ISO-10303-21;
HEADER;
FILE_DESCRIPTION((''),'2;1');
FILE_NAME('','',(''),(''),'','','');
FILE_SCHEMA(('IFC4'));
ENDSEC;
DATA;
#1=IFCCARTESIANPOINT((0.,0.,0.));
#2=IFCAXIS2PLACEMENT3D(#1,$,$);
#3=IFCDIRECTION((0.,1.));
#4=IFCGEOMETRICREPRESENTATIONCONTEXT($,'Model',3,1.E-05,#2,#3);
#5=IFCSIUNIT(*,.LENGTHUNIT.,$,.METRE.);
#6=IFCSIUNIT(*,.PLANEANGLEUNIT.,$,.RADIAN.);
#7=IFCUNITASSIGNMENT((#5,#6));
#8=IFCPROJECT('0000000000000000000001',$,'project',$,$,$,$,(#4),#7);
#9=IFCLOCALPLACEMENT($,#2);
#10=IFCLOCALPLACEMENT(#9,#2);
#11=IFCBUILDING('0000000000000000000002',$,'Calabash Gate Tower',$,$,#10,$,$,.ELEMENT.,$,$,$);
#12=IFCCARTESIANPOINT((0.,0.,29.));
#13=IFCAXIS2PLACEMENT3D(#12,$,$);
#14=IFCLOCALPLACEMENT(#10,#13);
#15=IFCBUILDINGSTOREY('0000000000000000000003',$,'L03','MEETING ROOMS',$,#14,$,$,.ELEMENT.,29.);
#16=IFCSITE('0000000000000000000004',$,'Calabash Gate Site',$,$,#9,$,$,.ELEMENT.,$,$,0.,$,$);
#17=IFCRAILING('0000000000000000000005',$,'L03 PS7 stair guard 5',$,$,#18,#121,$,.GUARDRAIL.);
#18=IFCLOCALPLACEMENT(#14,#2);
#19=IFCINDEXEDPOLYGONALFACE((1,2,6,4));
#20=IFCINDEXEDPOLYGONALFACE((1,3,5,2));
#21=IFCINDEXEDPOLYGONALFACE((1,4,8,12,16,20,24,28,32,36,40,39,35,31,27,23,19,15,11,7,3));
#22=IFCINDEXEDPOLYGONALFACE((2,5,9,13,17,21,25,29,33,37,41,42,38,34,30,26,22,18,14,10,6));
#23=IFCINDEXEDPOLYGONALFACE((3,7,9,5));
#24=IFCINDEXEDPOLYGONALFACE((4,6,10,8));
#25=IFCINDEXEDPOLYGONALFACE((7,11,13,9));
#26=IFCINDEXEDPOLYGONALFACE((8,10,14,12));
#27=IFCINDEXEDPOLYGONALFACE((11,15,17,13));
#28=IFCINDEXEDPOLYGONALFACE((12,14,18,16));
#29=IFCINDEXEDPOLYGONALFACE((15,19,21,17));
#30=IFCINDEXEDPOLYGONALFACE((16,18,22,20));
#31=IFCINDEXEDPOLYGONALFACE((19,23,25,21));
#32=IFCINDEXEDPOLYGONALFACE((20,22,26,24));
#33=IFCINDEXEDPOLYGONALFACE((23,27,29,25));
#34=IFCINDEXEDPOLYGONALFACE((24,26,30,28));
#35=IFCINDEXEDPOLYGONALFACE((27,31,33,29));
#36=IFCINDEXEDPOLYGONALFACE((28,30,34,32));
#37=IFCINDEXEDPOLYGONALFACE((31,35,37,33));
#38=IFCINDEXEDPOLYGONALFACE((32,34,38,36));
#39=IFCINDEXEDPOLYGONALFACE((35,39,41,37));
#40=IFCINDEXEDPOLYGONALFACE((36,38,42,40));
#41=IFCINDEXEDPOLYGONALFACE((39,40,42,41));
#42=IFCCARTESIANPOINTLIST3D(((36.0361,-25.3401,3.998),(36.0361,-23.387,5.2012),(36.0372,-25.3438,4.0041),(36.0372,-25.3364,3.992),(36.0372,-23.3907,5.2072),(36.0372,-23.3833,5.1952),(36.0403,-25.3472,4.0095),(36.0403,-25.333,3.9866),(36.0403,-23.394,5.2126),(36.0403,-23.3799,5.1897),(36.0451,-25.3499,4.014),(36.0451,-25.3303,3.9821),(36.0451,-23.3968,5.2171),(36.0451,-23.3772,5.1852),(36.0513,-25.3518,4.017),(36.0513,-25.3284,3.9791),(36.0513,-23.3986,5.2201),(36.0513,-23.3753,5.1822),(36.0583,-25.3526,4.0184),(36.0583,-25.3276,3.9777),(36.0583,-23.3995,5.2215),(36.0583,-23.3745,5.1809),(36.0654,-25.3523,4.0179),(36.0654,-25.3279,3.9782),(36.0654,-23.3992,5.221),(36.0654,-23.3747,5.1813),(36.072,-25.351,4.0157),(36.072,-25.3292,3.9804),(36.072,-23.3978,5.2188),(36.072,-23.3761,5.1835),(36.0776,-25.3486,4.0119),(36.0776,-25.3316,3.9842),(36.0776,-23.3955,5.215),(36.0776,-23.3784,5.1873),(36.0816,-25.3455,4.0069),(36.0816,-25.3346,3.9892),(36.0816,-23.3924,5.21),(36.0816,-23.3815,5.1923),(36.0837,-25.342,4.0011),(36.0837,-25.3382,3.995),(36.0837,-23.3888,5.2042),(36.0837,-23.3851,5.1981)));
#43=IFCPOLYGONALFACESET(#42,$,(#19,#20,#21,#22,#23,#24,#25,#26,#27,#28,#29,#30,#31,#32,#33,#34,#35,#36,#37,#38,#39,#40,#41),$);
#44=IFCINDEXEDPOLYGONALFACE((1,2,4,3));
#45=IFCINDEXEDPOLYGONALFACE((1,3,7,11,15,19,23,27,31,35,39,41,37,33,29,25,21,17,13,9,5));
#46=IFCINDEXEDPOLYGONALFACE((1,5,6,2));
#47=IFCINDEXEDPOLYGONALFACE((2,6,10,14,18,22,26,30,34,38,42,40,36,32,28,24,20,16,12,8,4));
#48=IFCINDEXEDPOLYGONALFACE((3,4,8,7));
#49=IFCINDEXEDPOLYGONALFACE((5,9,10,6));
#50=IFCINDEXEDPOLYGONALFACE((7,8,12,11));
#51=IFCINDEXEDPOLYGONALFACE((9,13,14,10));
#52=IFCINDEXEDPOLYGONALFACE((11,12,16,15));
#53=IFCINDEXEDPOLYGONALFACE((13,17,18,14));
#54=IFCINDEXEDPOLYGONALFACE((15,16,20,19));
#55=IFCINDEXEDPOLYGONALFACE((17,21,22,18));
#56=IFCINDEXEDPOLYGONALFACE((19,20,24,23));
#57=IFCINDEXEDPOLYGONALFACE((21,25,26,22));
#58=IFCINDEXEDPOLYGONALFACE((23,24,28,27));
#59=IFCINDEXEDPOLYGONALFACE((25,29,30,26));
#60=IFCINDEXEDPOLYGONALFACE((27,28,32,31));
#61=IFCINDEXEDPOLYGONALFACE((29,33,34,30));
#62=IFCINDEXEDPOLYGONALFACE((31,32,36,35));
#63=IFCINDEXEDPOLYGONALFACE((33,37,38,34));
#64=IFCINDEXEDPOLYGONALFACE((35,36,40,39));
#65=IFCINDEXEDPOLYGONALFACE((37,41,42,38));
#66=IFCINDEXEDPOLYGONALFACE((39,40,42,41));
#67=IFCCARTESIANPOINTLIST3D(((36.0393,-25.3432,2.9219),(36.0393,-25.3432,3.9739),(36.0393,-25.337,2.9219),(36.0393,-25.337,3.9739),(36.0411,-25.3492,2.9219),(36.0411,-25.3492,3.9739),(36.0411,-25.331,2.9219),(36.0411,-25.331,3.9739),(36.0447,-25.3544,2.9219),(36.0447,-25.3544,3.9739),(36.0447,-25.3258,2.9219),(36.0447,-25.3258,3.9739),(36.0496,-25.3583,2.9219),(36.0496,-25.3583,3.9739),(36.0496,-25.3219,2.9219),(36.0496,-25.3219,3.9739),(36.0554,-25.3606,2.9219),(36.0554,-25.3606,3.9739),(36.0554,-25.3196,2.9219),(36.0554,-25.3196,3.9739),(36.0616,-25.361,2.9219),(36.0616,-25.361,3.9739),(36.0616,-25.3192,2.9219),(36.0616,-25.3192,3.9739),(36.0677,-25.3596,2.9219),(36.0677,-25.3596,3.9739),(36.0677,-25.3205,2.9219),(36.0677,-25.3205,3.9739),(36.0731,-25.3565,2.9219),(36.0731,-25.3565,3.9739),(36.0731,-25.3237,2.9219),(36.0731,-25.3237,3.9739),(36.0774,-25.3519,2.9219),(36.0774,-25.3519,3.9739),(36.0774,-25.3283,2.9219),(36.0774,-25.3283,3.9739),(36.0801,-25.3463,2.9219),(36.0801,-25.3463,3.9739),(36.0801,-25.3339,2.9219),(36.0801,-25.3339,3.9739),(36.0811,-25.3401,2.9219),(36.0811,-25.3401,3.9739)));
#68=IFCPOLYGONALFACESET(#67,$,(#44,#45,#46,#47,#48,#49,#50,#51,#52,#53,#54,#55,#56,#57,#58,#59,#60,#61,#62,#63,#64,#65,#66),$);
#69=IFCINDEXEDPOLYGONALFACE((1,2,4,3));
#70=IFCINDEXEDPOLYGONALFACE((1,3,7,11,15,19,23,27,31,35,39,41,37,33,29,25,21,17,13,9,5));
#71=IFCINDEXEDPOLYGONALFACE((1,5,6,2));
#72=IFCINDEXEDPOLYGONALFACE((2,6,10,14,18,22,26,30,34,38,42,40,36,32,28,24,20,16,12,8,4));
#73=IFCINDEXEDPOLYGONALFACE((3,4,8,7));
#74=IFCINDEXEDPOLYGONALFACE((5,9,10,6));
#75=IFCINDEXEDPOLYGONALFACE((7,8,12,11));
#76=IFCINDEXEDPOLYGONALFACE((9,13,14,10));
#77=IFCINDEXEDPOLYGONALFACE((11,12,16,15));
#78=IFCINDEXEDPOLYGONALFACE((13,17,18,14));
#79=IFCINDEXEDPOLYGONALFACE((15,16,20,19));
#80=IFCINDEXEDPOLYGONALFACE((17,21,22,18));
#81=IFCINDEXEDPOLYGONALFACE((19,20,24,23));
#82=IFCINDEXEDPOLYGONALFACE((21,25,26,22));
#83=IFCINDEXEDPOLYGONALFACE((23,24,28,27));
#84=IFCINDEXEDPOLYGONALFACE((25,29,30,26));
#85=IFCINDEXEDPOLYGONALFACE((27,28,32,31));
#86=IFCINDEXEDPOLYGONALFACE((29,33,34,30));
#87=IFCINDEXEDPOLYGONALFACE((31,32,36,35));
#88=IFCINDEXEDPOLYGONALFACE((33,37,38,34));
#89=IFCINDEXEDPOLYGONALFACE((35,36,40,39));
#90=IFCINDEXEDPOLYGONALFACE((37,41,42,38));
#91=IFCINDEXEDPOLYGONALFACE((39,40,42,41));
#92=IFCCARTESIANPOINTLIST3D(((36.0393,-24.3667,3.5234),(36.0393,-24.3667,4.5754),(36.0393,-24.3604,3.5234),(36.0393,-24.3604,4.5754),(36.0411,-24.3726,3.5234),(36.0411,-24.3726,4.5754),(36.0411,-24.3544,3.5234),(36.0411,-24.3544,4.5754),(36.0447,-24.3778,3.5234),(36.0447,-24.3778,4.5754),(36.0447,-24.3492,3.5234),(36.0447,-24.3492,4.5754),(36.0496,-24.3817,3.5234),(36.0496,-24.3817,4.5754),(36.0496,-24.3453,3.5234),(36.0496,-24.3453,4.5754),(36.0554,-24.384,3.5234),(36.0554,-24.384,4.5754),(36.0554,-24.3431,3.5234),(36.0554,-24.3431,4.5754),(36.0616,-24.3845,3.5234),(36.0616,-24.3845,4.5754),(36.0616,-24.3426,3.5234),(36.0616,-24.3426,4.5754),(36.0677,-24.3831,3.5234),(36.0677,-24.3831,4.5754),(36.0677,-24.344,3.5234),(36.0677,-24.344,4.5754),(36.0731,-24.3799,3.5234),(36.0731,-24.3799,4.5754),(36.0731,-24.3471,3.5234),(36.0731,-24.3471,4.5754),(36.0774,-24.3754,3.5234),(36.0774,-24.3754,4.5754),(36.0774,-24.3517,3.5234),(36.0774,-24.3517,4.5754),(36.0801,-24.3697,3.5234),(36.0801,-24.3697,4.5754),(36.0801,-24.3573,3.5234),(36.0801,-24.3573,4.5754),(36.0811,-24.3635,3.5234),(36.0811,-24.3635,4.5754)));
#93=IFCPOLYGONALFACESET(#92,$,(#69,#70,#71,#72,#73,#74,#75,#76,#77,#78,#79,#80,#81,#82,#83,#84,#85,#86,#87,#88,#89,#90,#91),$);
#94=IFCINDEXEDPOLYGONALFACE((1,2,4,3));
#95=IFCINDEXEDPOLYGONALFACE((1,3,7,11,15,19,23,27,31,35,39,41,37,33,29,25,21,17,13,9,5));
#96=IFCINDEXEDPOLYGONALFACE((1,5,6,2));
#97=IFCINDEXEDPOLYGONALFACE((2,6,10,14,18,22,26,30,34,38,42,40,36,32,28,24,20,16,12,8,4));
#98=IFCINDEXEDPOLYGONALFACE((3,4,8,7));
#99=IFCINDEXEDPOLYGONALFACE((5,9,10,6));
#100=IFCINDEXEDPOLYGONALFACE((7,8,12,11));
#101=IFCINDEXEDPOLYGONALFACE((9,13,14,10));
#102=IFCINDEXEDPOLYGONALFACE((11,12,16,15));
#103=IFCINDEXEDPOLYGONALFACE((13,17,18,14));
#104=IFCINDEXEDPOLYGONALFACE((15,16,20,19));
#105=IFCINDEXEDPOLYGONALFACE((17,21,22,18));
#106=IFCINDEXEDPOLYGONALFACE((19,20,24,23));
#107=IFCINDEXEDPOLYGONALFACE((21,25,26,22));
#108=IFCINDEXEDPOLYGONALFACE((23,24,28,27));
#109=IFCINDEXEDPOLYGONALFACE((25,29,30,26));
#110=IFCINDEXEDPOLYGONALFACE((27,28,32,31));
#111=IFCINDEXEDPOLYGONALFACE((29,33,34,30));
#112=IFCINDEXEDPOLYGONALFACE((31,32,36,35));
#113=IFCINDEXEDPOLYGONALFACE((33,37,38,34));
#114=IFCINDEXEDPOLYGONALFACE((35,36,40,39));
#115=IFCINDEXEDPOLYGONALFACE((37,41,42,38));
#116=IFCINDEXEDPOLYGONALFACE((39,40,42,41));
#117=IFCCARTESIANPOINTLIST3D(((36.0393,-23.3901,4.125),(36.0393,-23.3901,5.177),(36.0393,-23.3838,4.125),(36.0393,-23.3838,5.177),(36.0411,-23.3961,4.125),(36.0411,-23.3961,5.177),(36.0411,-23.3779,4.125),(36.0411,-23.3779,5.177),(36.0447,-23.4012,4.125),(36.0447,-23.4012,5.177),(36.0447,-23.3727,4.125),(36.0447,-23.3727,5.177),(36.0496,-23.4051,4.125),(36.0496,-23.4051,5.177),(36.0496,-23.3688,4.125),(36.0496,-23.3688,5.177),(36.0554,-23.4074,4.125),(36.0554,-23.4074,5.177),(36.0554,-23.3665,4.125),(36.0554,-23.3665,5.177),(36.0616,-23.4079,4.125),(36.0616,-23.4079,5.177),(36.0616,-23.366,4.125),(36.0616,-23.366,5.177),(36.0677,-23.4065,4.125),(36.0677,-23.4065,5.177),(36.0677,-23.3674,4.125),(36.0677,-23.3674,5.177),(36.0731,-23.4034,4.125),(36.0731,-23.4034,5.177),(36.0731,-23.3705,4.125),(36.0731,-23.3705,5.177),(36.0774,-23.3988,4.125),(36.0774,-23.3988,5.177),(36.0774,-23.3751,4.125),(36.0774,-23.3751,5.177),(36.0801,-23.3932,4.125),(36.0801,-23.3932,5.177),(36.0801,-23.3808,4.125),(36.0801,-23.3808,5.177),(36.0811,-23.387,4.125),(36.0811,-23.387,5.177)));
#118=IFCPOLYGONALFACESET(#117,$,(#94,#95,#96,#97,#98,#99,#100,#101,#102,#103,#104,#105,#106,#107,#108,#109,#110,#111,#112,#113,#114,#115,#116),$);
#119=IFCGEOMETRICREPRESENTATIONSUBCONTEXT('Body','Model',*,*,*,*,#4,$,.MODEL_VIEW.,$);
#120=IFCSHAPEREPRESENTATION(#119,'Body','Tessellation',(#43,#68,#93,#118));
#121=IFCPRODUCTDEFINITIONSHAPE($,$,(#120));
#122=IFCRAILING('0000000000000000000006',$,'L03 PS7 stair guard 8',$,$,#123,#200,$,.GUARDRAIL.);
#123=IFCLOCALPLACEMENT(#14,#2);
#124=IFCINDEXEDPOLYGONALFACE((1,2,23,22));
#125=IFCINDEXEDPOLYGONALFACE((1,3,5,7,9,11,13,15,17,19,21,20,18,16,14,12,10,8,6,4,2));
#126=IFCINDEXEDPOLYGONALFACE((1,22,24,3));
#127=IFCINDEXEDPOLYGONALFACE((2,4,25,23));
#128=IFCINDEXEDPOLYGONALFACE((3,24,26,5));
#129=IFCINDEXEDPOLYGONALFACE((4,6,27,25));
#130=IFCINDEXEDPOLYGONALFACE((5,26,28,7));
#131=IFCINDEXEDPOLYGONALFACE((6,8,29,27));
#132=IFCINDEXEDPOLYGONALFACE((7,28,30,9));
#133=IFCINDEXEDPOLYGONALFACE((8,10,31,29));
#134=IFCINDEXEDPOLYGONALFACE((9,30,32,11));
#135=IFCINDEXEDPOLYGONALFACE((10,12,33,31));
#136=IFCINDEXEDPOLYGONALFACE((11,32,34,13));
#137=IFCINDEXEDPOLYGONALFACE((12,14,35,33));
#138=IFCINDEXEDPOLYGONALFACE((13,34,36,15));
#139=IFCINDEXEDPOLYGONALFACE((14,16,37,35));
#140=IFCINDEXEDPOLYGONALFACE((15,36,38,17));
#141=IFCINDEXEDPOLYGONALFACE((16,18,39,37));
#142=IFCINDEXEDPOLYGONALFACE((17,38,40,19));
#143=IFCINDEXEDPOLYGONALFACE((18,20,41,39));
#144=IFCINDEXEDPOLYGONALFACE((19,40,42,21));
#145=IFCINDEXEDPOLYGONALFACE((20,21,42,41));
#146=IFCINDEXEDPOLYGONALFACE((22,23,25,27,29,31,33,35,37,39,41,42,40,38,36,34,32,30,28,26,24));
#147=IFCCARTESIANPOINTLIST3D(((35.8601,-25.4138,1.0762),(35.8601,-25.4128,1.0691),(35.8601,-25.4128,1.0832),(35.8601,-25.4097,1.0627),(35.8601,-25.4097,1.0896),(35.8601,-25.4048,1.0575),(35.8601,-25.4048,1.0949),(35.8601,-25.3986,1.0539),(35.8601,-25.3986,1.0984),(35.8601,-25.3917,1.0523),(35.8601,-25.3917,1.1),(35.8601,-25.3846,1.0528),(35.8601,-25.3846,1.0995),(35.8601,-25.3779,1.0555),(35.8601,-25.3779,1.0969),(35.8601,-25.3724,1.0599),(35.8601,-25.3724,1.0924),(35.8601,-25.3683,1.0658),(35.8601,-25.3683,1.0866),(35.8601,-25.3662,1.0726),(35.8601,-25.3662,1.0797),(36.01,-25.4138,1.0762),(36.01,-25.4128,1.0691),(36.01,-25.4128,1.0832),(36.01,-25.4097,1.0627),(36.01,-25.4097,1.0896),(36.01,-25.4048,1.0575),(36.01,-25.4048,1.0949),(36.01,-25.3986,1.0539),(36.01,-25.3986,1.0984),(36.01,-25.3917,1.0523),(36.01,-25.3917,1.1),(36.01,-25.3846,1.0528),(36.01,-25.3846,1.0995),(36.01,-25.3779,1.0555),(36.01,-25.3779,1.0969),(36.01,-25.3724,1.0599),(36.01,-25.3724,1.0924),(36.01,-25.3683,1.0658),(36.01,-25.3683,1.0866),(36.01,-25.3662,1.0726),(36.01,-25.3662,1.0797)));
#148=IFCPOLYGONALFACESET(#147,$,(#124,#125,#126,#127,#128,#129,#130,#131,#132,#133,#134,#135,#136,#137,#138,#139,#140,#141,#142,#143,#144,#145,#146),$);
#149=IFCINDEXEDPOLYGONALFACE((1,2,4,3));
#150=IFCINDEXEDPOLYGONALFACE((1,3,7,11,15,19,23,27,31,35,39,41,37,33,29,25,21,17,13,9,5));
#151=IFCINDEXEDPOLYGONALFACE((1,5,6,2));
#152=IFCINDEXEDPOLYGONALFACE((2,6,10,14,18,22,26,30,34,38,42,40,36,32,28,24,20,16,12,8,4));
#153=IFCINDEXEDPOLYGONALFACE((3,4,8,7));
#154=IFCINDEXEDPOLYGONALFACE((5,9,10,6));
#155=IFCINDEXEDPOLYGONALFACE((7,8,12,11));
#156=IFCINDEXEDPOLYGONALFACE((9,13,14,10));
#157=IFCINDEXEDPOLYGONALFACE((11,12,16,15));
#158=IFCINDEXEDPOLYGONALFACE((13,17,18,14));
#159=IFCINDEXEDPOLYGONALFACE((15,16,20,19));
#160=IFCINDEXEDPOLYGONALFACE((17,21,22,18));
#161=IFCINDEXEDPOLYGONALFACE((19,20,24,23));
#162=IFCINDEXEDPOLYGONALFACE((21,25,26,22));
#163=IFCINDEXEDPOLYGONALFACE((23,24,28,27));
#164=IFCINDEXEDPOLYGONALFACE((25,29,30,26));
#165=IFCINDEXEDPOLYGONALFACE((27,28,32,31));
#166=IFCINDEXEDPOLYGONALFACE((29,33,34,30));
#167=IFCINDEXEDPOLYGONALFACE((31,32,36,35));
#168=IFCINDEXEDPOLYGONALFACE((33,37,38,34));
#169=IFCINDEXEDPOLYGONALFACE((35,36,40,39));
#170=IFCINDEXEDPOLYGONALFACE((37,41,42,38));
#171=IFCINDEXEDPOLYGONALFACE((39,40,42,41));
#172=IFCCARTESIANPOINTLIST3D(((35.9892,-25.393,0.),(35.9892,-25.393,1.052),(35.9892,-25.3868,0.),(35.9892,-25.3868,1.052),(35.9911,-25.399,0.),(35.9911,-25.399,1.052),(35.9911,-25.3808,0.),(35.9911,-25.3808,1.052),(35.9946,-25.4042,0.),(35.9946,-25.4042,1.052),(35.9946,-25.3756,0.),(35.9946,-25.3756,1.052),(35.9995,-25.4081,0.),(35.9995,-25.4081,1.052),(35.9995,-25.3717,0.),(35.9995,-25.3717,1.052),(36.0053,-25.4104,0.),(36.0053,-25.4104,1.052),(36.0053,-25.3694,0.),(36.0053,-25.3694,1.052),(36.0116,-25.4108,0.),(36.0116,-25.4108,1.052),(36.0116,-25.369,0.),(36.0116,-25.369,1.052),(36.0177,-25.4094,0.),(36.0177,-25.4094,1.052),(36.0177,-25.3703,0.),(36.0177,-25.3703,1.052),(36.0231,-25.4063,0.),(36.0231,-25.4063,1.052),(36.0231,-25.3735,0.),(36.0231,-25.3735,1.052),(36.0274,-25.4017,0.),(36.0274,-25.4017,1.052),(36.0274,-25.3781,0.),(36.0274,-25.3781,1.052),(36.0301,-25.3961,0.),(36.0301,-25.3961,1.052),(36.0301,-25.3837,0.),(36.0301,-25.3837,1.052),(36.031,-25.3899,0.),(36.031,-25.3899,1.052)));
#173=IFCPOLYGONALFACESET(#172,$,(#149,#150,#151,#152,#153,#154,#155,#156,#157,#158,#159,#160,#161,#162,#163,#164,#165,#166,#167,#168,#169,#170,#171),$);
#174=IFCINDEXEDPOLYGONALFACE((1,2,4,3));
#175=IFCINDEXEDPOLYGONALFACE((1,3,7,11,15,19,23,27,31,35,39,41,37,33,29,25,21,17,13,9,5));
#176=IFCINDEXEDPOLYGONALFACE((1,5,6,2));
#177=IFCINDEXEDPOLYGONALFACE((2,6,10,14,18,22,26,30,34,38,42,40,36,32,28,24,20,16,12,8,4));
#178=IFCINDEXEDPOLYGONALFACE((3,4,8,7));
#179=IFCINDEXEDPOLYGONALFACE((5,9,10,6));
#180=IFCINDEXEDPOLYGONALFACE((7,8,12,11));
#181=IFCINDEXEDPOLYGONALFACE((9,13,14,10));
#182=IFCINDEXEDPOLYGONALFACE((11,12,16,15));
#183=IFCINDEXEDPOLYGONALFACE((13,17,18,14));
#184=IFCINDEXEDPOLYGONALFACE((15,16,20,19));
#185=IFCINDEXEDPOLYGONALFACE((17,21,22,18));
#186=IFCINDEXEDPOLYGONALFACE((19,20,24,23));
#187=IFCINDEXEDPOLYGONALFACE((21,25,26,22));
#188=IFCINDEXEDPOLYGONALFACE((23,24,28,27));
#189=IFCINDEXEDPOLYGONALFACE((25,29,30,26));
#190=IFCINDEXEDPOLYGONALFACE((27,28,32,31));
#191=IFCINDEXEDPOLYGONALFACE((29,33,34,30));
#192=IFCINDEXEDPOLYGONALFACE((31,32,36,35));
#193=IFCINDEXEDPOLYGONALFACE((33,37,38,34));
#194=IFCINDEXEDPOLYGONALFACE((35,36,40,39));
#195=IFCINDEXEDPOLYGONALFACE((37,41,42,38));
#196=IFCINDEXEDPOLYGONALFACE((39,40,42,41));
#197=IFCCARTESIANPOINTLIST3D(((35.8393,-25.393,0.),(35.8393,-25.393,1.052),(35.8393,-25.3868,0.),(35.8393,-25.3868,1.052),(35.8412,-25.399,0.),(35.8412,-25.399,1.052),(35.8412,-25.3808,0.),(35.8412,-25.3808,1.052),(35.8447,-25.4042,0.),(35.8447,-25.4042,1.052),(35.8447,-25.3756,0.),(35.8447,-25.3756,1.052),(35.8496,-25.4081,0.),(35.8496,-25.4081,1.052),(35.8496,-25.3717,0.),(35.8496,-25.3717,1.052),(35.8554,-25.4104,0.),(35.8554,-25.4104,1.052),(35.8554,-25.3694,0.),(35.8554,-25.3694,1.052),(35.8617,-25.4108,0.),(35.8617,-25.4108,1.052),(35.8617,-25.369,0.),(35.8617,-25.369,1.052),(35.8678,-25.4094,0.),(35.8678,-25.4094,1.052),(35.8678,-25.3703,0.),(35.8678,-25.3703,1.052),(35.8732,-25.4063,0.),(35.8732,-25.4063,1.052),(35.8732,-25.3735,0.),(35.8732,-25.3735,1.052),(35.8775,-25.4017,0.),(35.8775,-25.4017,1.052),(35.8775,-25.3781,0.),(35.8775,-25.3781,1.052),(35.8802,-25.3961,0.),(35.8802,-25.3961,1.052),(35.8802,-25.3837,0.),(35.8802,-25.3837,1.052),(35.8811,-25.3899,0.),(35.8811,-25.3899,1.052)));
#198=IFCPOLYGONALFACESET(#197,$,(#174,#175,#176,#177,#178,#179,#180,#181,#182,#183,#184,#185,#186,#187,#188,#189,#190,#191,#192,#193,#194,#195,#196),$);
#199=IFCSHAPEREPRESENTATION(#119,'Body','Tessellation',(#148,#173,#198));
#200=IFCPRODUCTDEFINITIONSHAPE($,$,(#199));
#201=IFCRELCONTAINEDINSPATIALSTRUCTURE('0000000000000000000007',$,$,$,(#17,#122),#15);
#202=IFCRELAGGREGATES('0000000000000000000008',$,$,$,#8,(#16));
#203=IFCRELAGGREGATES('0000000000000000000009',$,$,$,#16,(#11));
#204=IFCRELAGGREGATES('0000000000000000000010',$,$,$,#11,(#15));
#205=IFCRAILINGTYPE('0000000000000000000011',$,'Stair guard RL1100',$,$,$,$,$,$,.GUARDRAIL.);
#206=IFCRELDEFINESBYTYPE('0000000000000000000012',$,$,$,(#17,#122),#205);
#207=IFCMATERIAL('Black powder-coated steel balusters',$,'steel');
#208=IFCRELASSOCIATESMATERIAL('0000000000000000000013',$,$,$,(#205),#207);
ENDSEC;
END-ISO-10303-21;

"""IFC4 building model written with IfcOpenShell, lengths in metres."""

from ifc_helpers import new_model, si_unit, direction, frame, origin, origin_2d, place, context, subcontext, project, spatial, circle, extrude, material, type_object, element, save


model = new_model("IFC4")

# Units and contexts
model_context = context("Model", 3, precision=1e-05, world=origin(), true_north=direction((0.0, 1.0)))
body_context = subcontext(model_context, "Body", "Model", "MODEL_VIEW")
ifc_project = project(units=[si_unit("LENGTHUNIT", "METRE"), si_unit("PLANEANGLEUNIT", "RADIAN")], contexts=[model_context])

# Site, building, storey
site_placement = place(None, origin())
site = spatial("IfcSite", under=ifc_project, at=site_placement, Name="Calabash Gate Site", CompositionType="ELEMENT", RefElevation=0.0)
building_placement = place(site_placement, origin())
building = spatial("IfcBuilding", under=site, at=building_placement, Name="Calabash Gate Tower", CompositionType="ELEMENT")
storey_placement = place(building_placement, frame((0.0, 0.0, 29.0)))
storey = spatial("IfcBuildingStorey", under=building, at=storey_placement, Name="L03", Description="MEETING ROOMS", CompositionType="ELEMENT", Elevation=29.0)

# Railings
ifc_material_1 = material(Name="Black powder-coated steel balusters", Category="steel")
railing_type_1 = type_object("IfcRailingType", Name="Stair guard RL1100", PredefinedType="GUARDRAIL", material=ifc_material_1)
railing_1_placement = place(storey_placement, frame((36.0601, -25.3401, 2.9219)))
element("IfcRailing", 1, at=railing_1_placement, inside=storey, type_object=railing_type_1, Name="L03 PS7 stair guard 5", PredefinedType="GUARDRAIL", context=body_context, shape_type="SweptSolid", body=[
    extrude(circle(Radius=0.0239, at=origin_2d()), frame((0.0, 0.0, 1.0762), z_axis=(0.0, 0.851424, 0.524477), x_axis=(-1.0, 0.0, 0.0)), (0.0, 0.0, 1.0), 2.2939),
    extrude(circle(Radius=0.021, at=origin_2d()), origin(), (0.0, 0.0, 1.0), 1.052),
    extrude(circle(Radius=0.021, at=origin_2d()), frame((0.0, 0.9766, 0.6016)), (0.0, 0.0, 1.0), 1.052),
    extrude(circle(Radius=0.021, at=origin_2d()), frame((0.0, 1.9531, 1.2031)), (0.0, 0.0, 1.0), 1.052),
])
railing_2_placement = place(storey_placement, frame((36.01, -25.3899, 0.0)))
element("IfcRailing", 2, at=railing_2_placement, inside=storey, type_object=railing_type_1, Name="L03 PS7 stair guard 8", PredefinedType="GUARDRAIL", context=body_context, shape_type="SweptSolid", body=[
    extrude(circle(Radius=0.0239, at=origin_2d()), frame((0.0, 0.0, 1.0762), z_axis=(-1.0, 0.0, 0.0), x_axis=(0.0, -1.0, 0.0)), (0.0, 0.0, 1.0), 0.1499),
    extrude(circle(Radius=0.021, at=origin_2d()), origin(), (0.0, 0.0, 1.0), 1.052),
    extrude(circle(Radius=0.021, at=origin_2d()), frame((-0.1499, 0.0, 0.0)), (0.0, 0.0, 1.0), 1.052),
])

save(model, "model.ifc")
